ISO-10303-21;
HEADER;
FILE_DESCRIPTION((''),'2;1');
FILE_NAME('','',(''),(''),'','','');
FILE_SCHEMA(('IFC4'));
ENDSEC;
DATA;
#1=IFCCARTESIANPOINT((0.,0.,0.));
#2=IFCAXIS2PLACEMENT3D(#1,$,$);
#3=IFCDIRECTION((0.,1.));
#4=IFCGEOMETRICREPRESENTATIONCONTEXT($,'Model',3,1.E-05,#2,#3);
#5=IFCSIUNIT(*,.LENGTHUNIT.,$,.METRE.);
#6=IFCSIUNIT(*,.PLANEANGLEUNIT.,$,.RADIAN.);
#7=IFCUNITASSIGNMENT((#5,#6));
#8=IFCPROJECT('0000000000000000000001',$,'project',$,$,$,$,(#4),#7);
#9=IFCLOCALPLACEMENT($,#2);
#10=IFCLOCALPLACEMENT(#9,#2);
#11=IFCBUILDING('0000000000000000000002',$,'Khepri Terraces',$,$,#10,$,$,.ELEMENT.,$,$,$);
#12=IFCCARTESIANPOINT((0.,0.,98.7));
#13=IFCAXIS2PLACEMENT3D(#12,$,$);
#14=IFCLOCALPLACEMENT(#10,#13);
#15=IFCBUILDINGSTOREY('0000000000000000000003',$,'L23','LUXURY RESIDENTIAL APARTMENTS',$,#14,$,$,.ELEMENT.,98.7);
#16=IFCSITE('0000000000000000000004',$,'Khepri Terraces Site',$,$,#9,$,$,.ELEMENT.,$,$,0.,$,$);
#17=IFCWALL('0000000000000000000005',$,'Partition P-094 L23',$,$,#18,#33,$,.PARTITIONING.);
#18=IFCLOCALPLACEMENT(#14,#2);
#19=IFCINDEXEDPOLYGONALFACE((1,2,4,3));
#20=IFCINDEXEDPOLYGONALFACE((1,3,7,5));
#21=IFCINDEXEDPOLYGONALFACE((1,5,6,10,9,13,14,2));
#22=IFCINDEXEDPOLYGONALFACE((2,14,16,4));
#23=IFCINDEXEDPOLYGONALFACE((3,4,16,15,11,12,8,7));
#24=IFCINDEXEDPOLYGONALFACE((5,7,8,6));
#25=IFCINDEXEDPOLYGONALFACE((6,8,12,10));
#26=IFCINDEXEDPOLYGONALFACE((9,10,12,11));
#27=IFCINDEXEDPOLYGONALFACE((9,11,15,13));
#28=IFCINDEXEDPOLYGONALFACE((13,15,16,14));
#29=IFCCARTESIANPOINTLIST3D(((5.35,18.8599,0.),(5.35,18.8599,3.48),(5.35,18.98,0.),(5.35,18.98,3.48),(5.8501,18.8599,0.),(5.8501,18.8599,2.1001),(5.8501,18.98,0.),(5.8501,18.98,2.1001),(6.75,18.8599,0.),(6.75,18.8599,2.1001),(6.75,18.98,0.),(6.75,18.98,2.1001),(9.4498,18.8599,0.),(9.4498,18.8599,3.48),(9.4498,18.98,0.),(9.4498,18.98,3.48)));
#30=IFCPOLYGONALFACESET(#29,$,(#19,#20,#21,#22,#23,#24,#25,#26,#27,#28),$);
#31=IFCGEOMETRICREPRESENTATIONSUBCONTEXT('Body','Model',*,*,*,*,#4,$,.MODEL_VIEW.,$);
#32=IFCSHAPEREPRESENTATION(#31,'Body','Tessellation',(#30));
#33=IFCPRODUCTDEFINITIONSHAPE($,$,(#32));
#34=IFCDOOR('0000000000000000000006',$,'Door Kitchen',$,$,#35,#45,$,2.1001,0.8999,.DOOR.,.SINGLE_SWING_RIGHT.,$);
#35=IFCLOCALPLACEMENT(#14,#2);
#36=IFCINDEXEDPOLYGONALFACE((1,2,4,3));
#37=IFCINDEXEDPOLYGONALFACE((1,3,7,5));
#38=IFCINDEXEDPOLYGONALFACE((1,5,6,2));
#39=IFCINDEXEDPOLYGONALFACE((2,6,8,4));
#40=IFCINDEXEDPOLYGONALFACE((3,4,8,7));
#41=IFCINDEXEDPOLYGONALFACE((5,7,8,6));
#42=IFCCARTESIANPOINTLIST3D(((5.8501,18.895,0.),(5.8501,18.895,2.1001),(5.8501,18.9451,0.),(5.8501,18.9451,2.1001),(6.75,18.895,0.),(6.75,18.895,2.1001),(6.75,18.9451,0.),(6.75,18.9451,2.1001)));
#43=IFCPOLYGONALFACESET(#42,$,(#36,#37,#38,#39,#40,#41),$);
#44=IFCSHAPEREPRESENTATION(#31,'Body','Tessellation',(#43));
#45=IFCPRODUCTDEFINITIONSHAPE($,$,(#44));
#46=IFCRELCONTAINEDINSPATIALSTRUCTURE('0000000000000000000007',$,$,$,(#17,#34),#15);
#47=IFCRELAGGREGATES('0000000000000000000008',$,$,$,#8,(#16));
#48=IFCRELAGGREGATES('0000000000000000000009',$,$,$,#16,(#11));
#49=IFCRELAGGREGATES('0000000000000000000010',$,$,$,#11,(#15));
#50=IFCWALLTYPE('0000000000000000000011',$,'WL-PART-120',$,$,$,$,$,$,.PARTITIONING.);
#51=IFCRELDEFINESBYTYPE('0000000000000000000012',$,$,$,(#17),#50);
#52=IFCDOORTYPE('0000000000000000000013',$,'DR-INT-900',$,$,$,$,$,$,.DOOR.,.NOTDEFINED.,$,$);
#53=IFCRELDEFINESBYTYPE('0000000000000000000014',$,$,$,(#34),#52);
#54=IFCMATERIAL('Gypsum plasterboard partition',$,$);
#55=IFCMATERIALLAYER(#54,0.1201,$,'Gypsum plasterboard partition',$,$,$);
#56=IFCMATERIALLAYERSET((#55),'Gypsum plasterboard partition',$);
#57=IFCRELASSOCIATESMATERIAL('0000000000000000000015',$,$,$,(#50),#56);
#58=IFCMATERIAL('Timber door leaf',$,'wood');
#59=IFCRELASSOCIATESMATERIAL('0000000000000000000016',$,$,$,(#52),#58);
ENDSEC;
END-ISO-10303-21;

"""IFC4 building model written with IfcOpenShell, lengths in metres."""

from ifc_helpers import new_model, si_unit, direction, frame, frame_2d, origin, place, context, subcontext, project, spatial, rectangle, extrude, material, layer, layer_set, type_object, element, fill, save


model = new_model("IFC4")

# Units and contexts
model_context = context("Model", 3, precision=1e-05, world=origin(), true_north=direction((0.0, 1.0)))
body_context = subcontext(model_context, "Body", "Model", "MODEL_VIEW")
ifc_project = project(units=[si_unit("LENGTHUNIT", "METRE"), si_unit("PLANEANGLEUNIT", "RADIAN")], contexts=[model_context])

# Site, building, storey
site_placement = place(None, origin())
site = spatial("IfcSite", under=ifc_project, at=site_placement, Name="Khepri Terraces Site", CompositionType="ELEMENT", RefElevation=0.0)
building_placement = place(site_placement, origin())
building = spatial("IfcBuilding", under=site, at=building_placement, Name="Khepri Terraces", CompositionType="ELEMENT")
storey_placement = place(building_placement, frame((0.0, 0.0, 98.7)))
storey = spatial("IfcBuildingStorey", under=building, at=storey_placement, Name="L23", Description="LUXURY RESIDENTIAL APARTMENTS", CompositionType="ELEMENT", Elevation=98.7)

# Shared definitions
ifc_material_1 = material(Name="Gypsum plasterboard partition")
ifc_layer_1 = layer(ifc_material_1, 0.1201, Name="Gypsum plasterboard partition")
ifc_layer_set_1 = layer_set([ifc_layer_1], Name="Gypsum plasterboard partition")
wall_type_1 = type_object("IfcWallType", Name="WL-PART-120", PredefinedType="PARTITIONING", material=ifc_layer_set_1)

# Wall, opening, door
wall_1_placement = place(storey_placement, frame((5.3501, 18.9199, 0.0), z_axis=(0.0, 0.0, 1.0), x_axis=(1.0, 0.0, 0.0)))
wall_1 = element("IfcWall", 1, at=wall_1_placement, inside=storey, type_object=wall_type_1, Name="Partition P-094 L23", PredefinedType="PARTITIONING", context=body_context, shape_type="SweptSolid", body=[
    extrude(rectangle(XDim=4.0999, YDim=0.1201, at=frame_2d((2.0498, 0.0))), origin(), (0.0, 0.0, 1.0), 3.48),
])
opening_1_placement = place(wall_1_placement, frame((0.5, 0.0, 0.0)))
opening_1 = element("IfcOpeningElement", 2, at=opening_1_placement, cuts=wall_1, PredefinedType="OPENING", context=body_context, shape_type="SweptSolid", body=[
    extrude(rectangle(XDim=0.8999, YDim=2.1001, at=frame_2d((0.45, 1.05))), frame((0.0, 0.0701, 0.0), z_axis=(0.0, -1.0, 0.0), x_axis=(1.0, 0.0, 0.0)), (0.0, 0.0, 1.0), 0.1401),
])
ifc_material_2 = material(Name="Timber door leaf", Category="wood")
door_type_1 = type_object("IfcDoorType", Name="DR-INT-900", OperationType="NOTDEFINED", PredefinedType="DOOR", material=ifc_material_2)
door_1_placement = place(opening_1_placement, frame((0.8999, 0.0, 0.0), z_axis=(0.0, 0.0, 1.0), x_axis=(-1.0, 0.0, 0.0)))
door_1 = element("IfcDoor", 3, at=door_1_placement, inside=storey, type_object=door_type_1, Name="Door Kitchen", OperationType="SINGLE_SWING_RIGHT", OverallHeight=2.1001, OverallWidth=0.8999, PredefinedType="DOOR", context=body_context, shape_type="SweptSolid", body=[
    extrude(rectangle(XDim=0.8999, YDim=2.1001, at=frame_2d((0.45, 1.05))), frame((0.0, 0.0249, 0.0), z_axis=(0.0, -1.0, 0.0), x_axis=(1.0, 0.0, 0.0)), (0.0, 0.0, 1.0), 0.05),
])
fill(opening_1, door_1)

save(model, "model.ifc")
